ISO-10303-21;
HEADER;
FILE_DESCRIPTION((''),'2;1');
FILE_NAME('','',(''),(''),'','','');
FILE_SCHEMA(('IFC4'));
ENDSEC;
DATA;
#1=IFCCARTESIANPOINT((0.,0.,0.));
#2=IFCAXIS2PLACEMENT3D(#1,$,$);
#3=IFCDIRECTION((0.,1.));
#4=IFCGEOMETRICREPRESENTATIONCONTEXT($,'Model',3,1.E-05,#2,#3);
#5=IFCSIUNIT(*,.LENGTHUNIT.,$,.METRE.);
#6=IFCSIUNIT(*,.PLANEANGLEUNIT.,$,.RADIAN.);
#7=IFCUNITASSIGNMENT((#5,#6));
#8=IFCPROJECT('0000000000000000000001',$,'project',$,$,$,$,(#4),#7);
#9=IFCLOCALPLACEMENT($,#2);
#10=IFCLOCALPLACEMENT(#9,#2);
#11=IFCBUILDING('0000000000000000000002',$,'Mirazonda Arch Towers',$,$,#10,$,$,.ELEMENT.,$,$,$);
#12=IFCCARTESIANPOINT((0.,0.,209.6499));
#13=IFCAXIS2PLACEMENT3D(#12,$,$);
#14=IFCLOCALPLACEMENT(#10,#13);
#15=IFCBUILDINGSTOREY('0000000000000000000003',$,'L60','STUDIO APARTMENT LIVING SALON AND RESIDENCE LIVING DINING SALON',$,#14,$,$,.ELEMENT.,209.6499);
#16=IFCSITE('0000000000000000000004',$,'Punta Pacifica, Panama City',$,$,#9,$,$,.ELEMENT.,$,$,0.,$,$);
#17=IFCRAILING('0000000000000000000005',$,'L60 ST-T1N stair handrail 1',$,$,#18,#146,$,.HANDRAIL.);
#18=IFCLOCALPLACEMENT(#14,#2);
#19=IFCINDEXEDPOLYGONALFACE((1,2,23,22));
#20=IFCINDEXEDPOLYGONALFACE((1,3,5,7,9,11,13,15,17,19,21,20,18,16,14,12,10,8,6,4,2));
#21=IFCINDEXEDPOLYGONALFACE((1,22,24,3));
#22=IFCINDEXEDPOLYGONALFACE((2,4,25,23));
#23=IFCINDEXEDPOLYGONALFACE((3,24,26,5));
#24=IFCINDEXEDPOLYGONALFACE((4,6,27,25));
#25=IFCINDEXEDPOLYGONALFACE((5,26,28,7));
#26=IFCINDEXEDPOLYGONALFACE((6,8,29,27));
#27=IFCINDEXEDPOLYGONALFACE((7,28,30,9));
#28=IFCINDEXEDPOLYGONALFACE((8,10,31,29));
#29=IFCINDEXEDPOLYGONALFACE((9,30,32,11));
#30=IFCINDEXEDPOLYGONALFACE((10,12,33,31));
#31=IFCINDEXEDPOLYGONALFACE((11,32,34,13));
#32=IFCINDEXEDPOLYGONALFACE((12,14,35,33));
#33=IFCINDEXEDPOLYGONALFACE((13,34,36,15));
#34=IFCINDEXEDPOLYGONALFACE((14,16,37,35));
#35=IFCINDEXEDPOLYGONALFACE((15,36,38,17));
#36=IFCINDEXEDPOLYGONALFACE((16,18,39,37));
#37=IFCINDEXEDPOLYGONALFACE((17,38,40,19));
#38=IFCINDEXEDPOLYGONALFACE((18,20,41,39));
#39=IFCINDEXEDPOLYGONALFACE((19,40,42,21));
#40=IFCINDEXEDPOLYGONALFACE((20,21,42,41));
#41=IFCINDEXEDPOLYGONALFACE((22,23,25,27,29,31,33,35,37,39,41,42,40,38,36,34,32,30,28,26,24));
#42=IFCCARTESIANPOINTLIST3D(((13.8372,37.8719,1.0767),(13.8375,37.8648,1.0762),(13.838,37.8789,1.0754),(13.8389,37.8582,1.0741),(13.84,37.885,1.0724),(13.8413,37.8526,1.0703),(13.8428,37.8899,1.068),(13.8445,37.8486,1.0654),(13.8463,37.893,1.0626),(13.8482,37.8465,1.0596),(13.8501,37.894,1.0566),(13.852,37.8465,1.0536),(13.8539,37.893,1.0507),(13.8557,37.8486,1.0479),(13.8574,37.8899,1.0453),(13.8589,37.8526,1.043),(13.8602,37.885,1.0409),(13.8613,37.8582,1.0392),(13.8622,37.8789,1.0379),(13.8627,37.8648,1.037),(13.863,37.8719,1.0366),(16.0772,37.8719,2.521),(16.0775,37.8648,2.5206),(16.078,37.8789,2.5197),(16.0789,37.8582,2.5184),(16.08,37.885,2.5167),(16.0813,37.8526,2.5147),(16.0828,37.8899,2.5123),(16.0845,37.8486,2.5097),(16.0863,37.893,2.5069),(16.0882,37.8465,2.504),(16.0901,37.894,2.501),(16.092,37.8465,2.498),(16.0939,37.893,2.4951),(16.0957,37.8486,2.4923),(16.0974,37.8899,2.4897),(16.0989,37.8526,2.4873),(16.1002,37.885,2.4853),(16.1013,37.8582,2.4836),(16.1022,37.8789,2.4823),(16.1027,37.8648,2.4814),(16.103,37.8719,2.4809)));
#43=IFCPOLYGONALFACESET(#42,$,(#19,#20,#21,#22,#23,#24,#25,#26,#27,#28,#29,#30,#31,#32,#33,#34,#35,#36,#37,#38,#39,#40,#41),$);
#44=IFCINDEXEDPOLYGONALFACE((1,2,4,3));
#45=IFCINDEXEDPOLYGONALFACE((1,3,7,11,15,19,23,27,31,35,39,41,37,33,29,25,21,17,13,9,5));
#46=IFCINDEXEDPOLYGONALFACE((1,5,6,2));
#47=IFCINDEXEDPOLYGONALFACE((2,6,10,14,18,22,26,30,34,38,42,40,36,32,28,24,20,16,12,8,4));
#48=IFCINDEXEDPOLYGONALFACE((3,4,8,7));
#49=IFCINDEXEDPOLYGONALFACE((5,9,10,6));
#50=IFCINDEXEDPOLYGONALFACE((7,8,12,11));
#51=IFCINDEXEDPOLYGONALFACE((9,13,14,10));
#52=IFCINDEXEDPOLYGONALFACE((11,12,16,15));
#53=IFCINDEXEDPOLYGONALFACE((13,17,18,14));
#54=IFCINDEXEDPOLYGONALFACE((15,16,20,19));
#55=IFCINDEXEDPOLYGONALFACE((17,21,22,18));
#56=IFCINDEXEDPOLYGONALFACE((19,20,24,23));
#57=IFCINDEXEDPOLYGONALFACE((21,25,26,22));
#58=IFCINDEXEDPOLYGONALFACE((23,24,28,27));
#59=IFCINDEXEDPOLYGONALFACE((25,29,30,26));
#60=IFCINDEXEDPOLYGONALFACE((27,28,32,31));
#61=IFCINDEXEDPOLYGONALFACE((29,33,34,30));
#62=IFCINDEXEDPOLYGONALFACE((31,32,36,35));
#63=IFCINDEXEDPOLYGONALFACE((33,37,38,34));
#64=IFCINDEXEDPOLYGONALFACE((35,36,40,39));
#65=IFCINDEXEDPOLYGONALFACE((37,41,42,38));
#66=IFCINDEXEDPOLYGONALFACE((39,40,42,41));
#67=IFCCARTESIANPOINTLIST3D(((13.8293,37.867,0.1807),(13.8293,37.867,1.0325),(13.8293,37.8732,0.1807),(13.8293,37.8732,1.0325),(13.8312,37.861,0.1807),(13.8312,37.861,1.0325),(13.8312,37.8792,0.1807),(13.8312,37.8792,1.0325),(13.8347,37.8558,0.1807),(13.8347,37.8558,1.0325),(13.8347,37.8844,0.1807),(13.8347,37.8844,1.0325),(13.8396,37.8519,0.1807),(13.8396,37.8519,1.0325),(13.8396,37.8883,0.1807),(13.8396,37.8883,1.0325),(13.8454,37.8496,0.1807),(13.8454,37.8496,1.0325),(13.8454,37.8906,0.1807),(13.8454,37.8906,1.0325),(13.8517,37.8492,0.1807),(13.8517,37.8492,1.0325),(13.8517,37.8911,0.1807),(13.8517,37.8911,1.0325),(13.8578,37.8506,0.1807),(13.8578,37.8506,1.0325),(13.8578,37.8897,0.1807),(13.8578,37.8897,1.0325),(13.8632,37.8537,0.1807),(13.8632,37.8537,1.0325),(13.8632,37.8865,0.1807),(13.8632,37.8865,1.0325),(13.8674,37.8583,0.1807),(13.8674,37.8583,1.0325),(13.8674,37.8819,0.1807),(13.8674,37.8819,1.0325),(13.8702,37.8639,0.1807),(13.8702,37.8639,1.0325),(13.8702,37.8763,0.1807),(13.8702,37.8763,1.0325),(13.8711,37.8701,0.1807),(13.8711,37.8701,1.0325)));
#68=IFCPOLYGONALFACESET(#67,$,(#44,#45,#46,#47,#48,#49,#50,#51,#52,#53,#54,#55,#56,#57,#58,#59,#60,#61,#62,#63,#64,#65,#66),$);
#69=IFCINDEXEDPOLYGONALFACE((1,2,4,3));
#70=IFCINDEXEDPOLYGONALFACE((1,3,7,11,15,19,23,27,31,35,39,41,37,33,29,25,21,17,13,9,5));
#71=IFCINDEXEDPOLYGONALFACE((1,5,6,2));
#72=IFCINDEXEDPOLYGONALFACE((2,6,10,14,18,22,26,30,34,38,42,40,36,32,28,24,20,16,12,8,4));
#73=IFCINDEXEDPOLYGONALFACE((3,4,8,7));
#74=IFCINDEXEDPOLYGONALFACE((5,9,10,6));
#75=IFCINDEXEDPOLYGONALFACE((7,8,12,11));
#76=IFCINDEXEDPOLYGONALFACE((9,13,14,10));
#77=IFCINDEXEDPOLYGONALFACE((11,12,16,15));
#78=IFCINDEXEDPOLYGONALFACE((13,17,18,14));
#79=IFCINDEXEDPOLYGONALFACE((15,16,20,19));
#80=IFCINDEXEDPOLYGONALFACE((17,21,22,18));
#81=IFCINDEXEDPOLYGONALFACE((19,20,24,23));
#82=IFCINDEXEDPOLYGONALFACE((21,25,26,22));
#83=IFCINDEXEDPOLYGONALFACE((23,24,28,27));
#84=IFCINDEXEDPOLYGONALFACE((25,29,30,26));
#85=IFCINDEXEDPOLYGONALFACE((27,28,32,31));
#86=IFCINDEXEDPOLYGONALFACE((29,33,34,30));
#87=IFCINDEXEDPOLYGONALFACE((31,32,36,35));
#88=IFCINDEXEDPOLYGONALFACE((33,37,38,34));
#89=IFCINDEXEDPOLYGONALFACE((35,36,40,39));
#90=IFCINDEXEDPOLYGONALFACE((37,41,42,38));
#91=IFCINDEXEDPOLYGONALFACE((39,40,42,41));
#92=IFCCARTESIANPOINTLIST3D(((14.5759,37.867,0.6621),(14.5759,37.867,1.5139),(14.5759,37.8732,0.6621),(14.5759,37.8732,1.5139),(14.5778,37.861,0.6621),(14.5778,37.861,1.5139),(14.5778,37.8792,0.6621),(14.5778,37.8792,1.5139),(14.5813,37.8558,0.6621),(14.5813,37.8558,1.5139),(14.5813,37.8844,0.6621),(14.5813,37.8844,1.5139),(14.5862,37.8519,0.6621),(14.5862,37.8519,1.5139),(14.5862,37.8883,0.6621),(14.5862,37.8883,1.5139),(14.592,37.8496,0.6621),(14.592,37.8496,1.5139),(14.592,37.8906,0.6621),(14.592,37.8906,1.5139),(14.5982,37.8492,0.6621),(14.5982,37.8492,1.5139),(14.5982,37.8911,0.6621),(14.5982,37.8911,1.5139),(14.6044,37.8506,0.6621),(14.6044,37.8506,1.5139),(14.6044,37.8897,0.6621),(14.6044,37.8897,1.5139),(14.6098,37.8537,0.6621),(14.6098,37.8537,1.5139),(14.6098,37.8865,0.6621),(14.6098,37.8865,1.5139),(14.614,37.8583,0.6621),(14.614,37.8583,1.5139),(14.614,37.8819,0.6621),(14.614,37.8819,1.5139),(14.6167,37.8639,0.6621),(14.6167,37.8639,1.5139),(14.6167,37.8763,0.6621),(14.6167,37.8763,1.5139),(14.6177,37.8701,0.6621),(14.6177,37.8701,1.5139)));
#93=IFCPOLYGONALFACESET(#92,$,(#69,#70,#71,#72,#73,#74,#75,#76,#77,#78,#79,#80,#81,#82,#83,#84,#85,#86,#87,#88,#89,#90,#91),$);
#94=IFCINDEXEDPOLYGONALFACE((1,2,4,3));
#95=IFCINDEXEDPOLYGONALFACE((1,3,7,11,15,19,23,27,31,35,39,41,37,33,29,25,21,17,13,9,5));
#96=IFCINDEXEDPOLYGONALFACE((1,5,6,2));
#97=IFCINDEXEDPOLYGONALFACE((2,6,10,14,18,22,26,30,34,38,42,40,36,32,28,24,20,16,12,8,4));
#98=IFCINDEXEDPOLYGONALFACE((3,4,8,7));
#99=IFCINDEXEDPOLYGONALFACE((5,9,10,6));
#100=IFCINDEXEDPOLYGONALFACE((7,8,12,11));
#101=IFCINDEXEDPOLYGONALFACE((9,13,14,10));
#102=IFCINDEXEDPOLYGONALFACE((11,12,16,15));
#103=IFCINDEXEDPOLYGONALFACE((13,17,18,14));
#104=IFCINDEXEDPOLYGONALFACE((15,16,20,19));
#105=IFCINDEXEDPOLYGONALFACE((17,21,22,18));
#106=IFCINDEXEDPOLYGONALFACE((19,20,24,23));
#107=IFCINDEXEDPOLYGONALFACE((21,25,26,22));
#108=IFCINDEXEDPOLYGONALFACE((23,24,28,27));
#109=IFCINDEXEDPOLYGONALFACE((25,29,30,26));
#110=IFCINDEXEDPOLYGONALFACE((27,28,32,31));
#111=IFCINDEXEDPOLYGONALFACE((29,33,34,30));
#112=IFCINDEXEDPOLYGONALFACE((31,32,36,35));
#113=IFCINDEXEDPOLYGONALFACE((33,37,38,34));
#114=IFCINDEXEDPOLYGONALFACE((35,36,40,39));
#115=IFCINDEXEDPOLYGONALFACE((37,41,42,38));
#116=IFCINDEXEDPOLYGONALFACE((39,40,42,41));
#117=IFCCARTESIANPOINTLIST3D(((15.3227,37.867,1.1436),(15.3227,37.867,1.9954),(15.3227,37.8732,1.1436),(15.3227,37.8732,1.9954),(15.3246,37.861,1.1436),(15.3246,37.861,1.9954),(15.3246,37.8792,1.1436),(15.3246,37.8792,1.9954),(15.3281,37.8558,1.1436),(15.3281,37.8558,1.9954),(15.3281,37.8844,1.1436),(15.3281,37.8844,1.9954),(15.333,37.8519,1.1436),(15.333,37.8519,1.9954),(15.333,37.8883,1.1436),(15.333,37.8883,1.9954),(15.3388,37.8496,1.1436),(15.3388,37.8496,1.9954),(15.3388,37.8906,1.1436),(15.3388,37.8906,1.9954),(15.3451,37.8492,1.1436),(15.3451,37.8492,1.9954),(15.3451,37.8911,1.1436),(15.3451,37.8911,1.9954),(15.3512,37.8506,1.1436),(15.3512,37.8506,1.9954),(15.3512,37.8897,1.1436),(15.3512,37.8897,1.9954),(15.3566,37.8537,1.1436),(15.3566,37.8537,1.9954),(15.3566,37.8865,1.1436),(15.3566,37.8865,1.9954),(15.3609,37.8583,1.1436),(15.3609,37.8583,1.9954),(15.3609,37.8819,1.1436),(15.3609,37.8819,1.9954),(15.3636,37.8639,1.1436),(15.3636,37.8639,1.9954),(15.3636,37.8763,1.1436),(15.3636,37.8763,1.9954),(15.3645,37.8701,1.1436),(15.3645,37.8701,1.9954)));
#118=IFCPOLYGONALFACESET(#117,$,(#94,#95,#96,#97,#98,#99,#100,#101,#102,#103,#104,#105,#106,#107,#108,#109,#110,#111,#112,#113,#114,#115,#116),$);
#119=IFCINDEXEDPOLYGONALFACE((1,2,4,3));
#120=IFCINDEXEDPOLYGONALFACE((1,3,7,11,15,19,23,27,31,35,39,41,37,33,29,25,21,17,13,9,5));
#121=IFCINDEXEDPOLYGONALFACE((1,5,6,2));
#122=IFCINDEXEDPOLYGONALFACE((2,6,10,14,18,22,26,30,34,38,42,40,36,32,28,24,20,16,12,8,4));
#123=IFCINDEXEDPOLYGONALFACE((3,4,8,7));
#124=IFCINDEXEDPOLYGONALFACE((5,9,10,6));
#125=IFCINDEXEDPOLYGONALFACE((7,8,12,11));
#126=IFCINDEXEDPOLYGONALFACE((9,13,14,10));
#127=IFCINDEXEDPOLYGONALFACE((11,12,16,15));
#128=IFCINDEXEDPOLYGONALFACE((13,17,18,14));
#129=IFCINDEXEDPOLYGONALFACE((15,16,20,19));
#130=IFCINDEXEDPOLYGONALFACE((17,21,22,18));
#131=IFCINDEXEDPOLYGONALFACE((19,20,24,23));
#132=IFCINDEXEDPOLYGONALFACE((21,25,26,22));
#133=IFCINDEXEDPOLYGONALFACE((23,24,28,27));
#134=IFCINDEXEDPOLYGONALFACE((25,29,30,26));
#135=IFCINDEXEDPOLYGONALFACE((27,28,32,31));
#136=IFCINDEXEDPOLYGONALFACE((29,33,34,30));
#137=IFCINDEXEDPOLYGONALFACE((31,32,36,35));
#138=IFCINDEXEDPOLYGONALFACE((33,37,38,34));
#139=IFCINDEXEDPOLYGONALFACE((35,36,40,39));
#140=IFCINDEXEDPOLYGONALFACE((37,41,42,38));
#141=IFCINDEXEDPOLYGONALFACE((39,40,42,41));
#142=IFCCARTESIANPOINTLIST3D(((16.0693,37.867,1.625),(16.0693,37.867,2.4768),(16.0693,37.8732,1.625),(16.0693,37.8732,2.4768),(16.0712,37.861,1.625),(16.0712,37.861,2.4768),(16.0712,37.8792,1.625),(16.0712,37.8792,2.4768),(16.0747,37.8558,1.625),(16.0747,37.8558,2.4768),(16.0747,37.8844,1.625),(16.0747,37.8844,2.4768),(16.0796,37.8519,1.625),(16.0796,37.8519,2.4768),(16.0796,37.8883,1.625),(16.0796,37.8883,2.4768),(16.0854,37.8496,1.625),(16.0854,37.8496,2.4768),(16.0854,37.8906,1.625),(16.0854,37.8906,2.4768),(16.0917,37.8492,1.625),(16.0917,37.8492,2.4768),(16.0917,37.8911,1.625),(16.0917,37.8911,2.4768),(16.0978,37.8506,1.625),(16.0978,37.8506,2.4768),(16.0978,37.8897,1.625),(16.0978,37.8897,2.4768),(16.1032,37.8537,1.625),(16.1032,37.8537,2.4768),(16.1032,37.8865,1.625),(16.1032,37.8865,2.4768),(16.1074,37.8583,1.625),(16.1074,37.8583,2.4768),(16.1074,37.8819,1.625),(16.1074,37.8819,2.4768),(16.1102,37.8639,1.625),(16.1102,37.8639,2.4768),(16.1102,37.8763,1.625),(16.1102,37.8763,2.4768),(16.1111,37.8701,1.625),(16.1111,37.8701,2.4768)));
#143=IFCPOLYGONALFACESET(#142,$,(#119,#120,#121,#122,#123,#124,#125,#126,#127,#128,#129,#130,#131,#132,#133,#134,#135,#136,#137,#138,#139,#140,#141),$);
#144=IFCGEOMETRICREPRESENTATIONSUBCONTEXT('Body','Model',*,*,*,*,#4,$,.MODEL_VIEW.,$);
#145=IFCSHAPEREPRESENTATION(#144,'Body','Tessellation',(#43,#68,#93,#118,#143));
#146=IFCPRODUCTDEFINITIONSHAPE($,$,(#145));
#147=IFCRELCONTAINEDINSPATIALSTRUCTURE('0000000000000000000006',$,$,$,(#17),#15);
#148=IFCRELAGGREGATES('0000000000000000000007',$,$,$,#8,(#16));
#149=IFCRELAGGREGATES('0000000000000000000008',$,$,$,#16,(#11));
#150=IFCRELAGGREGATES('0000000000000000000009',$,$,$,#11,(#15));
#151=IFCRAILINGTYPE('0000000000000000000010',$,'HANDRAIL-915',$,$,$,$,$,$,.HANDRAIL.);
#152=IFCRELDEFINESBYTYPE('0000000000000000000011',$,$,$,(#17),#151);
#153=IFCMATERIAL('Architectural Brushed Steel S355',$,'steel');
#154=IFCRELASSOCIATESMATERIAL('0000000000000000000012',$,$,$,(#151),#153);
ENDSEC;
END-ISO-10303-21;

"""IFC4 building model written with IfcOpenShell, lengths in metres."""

from ifc_helpers import new_model, si_unit, direction, frame, origin, origin_2d, place, context, subcontext, project, spatial, circle, extrude, material, type_object, element, save


model = new_model("IFC4")

# Units and contexts
model_context = context("Model", 3, precision=1e-05, world=origin(), true_north=direction((0.0, 1.0)))
body_context = subcontext(model_context, "Body", "Model", "MODEL_VIEW")
ifc_project = project(units=[si_unit("LENGTHUNIT", "METRE"), si_unit("PLANEANGLEUNIT", "RADIAN")], contexts=[model_context])

# Site, building, storey
site_placement = place(None, origin())
site = spatial("IfcSite", under=ifc_project, at=site_placement, Name="Punta Pacifica, Panama City", CompositionType="ELEMENT", RefElevation=0.0)
building_placement = place(site_placement, origin())
building = spatial("IfcBuilding", under=site, at=building_placement, Name="Mirazonda Arch Towers", CompositionType="ELEMENT")
storey_placement = place(building_placement, frame((0.0, 0.0, 209.6499)))
storey = spatial("IfcBuildingStorey", under=building, at=storey_placement, Name="L60", Description="STUDIO APARTMENT LIVING SALON AND RESIDENCE LIVING DINING SALON", CompositionType="ELEMENT", Elevation=209.6499)

# Shared definitions
ifc_material_1 = material(Name="Architectural Brushed Steel S355", Category="steel")

# Railing
railing_type_1 = type_object("IfcRailingType", Name="HANDRAIL-915", PredefinedType="HANDRAIL", material=ifc_material_1)
railing_1_placement = place(storey_placement, frame((13.8501, 37.8701, 0.1807)))
element("IfcRailing", 1, at=railing_1_placement, inside=storey, type_object=railing_type_1, Name="L60 ST-T1N stair handrail 1", PredefinedType="HANDRAIL", context=body_context, shape_type="SweptSolid", body=[
    extrude(circle(Radius=0.0239, at=origin_2d()), frame((0.0, 0.0, 0.876), z_axis=(0.840437, 0.0, 0.54191), x_axis=(0.0, 1.0, 0.0)), (0.0, 0.0, 1.0), 2.6653),
    extrude(circle(Radius=0.021, at=origin_2d()), origin(), (0.0, 0.0, 1.0), 0.8518),
    extrude(circle(Radius=0.021, at=origin_2d()), frame((0.7466, 0.0, 0.4814)), (0.0, 0.0, 1.0), 0.8518),
    extrude(circle(Radius=0.021, at=origin_2d()), frame((1.4934, 0.0, 0.9629)), (0.0, 0.0, 1.0), 0.8518),
    extrude(circle(Radius=0.021, at=origin_2d()), frame((2.24, 0.0, 1.4443)), (0.0, 0.0, 1.0), 0.8518),
])

save(model, "model.ifc")
